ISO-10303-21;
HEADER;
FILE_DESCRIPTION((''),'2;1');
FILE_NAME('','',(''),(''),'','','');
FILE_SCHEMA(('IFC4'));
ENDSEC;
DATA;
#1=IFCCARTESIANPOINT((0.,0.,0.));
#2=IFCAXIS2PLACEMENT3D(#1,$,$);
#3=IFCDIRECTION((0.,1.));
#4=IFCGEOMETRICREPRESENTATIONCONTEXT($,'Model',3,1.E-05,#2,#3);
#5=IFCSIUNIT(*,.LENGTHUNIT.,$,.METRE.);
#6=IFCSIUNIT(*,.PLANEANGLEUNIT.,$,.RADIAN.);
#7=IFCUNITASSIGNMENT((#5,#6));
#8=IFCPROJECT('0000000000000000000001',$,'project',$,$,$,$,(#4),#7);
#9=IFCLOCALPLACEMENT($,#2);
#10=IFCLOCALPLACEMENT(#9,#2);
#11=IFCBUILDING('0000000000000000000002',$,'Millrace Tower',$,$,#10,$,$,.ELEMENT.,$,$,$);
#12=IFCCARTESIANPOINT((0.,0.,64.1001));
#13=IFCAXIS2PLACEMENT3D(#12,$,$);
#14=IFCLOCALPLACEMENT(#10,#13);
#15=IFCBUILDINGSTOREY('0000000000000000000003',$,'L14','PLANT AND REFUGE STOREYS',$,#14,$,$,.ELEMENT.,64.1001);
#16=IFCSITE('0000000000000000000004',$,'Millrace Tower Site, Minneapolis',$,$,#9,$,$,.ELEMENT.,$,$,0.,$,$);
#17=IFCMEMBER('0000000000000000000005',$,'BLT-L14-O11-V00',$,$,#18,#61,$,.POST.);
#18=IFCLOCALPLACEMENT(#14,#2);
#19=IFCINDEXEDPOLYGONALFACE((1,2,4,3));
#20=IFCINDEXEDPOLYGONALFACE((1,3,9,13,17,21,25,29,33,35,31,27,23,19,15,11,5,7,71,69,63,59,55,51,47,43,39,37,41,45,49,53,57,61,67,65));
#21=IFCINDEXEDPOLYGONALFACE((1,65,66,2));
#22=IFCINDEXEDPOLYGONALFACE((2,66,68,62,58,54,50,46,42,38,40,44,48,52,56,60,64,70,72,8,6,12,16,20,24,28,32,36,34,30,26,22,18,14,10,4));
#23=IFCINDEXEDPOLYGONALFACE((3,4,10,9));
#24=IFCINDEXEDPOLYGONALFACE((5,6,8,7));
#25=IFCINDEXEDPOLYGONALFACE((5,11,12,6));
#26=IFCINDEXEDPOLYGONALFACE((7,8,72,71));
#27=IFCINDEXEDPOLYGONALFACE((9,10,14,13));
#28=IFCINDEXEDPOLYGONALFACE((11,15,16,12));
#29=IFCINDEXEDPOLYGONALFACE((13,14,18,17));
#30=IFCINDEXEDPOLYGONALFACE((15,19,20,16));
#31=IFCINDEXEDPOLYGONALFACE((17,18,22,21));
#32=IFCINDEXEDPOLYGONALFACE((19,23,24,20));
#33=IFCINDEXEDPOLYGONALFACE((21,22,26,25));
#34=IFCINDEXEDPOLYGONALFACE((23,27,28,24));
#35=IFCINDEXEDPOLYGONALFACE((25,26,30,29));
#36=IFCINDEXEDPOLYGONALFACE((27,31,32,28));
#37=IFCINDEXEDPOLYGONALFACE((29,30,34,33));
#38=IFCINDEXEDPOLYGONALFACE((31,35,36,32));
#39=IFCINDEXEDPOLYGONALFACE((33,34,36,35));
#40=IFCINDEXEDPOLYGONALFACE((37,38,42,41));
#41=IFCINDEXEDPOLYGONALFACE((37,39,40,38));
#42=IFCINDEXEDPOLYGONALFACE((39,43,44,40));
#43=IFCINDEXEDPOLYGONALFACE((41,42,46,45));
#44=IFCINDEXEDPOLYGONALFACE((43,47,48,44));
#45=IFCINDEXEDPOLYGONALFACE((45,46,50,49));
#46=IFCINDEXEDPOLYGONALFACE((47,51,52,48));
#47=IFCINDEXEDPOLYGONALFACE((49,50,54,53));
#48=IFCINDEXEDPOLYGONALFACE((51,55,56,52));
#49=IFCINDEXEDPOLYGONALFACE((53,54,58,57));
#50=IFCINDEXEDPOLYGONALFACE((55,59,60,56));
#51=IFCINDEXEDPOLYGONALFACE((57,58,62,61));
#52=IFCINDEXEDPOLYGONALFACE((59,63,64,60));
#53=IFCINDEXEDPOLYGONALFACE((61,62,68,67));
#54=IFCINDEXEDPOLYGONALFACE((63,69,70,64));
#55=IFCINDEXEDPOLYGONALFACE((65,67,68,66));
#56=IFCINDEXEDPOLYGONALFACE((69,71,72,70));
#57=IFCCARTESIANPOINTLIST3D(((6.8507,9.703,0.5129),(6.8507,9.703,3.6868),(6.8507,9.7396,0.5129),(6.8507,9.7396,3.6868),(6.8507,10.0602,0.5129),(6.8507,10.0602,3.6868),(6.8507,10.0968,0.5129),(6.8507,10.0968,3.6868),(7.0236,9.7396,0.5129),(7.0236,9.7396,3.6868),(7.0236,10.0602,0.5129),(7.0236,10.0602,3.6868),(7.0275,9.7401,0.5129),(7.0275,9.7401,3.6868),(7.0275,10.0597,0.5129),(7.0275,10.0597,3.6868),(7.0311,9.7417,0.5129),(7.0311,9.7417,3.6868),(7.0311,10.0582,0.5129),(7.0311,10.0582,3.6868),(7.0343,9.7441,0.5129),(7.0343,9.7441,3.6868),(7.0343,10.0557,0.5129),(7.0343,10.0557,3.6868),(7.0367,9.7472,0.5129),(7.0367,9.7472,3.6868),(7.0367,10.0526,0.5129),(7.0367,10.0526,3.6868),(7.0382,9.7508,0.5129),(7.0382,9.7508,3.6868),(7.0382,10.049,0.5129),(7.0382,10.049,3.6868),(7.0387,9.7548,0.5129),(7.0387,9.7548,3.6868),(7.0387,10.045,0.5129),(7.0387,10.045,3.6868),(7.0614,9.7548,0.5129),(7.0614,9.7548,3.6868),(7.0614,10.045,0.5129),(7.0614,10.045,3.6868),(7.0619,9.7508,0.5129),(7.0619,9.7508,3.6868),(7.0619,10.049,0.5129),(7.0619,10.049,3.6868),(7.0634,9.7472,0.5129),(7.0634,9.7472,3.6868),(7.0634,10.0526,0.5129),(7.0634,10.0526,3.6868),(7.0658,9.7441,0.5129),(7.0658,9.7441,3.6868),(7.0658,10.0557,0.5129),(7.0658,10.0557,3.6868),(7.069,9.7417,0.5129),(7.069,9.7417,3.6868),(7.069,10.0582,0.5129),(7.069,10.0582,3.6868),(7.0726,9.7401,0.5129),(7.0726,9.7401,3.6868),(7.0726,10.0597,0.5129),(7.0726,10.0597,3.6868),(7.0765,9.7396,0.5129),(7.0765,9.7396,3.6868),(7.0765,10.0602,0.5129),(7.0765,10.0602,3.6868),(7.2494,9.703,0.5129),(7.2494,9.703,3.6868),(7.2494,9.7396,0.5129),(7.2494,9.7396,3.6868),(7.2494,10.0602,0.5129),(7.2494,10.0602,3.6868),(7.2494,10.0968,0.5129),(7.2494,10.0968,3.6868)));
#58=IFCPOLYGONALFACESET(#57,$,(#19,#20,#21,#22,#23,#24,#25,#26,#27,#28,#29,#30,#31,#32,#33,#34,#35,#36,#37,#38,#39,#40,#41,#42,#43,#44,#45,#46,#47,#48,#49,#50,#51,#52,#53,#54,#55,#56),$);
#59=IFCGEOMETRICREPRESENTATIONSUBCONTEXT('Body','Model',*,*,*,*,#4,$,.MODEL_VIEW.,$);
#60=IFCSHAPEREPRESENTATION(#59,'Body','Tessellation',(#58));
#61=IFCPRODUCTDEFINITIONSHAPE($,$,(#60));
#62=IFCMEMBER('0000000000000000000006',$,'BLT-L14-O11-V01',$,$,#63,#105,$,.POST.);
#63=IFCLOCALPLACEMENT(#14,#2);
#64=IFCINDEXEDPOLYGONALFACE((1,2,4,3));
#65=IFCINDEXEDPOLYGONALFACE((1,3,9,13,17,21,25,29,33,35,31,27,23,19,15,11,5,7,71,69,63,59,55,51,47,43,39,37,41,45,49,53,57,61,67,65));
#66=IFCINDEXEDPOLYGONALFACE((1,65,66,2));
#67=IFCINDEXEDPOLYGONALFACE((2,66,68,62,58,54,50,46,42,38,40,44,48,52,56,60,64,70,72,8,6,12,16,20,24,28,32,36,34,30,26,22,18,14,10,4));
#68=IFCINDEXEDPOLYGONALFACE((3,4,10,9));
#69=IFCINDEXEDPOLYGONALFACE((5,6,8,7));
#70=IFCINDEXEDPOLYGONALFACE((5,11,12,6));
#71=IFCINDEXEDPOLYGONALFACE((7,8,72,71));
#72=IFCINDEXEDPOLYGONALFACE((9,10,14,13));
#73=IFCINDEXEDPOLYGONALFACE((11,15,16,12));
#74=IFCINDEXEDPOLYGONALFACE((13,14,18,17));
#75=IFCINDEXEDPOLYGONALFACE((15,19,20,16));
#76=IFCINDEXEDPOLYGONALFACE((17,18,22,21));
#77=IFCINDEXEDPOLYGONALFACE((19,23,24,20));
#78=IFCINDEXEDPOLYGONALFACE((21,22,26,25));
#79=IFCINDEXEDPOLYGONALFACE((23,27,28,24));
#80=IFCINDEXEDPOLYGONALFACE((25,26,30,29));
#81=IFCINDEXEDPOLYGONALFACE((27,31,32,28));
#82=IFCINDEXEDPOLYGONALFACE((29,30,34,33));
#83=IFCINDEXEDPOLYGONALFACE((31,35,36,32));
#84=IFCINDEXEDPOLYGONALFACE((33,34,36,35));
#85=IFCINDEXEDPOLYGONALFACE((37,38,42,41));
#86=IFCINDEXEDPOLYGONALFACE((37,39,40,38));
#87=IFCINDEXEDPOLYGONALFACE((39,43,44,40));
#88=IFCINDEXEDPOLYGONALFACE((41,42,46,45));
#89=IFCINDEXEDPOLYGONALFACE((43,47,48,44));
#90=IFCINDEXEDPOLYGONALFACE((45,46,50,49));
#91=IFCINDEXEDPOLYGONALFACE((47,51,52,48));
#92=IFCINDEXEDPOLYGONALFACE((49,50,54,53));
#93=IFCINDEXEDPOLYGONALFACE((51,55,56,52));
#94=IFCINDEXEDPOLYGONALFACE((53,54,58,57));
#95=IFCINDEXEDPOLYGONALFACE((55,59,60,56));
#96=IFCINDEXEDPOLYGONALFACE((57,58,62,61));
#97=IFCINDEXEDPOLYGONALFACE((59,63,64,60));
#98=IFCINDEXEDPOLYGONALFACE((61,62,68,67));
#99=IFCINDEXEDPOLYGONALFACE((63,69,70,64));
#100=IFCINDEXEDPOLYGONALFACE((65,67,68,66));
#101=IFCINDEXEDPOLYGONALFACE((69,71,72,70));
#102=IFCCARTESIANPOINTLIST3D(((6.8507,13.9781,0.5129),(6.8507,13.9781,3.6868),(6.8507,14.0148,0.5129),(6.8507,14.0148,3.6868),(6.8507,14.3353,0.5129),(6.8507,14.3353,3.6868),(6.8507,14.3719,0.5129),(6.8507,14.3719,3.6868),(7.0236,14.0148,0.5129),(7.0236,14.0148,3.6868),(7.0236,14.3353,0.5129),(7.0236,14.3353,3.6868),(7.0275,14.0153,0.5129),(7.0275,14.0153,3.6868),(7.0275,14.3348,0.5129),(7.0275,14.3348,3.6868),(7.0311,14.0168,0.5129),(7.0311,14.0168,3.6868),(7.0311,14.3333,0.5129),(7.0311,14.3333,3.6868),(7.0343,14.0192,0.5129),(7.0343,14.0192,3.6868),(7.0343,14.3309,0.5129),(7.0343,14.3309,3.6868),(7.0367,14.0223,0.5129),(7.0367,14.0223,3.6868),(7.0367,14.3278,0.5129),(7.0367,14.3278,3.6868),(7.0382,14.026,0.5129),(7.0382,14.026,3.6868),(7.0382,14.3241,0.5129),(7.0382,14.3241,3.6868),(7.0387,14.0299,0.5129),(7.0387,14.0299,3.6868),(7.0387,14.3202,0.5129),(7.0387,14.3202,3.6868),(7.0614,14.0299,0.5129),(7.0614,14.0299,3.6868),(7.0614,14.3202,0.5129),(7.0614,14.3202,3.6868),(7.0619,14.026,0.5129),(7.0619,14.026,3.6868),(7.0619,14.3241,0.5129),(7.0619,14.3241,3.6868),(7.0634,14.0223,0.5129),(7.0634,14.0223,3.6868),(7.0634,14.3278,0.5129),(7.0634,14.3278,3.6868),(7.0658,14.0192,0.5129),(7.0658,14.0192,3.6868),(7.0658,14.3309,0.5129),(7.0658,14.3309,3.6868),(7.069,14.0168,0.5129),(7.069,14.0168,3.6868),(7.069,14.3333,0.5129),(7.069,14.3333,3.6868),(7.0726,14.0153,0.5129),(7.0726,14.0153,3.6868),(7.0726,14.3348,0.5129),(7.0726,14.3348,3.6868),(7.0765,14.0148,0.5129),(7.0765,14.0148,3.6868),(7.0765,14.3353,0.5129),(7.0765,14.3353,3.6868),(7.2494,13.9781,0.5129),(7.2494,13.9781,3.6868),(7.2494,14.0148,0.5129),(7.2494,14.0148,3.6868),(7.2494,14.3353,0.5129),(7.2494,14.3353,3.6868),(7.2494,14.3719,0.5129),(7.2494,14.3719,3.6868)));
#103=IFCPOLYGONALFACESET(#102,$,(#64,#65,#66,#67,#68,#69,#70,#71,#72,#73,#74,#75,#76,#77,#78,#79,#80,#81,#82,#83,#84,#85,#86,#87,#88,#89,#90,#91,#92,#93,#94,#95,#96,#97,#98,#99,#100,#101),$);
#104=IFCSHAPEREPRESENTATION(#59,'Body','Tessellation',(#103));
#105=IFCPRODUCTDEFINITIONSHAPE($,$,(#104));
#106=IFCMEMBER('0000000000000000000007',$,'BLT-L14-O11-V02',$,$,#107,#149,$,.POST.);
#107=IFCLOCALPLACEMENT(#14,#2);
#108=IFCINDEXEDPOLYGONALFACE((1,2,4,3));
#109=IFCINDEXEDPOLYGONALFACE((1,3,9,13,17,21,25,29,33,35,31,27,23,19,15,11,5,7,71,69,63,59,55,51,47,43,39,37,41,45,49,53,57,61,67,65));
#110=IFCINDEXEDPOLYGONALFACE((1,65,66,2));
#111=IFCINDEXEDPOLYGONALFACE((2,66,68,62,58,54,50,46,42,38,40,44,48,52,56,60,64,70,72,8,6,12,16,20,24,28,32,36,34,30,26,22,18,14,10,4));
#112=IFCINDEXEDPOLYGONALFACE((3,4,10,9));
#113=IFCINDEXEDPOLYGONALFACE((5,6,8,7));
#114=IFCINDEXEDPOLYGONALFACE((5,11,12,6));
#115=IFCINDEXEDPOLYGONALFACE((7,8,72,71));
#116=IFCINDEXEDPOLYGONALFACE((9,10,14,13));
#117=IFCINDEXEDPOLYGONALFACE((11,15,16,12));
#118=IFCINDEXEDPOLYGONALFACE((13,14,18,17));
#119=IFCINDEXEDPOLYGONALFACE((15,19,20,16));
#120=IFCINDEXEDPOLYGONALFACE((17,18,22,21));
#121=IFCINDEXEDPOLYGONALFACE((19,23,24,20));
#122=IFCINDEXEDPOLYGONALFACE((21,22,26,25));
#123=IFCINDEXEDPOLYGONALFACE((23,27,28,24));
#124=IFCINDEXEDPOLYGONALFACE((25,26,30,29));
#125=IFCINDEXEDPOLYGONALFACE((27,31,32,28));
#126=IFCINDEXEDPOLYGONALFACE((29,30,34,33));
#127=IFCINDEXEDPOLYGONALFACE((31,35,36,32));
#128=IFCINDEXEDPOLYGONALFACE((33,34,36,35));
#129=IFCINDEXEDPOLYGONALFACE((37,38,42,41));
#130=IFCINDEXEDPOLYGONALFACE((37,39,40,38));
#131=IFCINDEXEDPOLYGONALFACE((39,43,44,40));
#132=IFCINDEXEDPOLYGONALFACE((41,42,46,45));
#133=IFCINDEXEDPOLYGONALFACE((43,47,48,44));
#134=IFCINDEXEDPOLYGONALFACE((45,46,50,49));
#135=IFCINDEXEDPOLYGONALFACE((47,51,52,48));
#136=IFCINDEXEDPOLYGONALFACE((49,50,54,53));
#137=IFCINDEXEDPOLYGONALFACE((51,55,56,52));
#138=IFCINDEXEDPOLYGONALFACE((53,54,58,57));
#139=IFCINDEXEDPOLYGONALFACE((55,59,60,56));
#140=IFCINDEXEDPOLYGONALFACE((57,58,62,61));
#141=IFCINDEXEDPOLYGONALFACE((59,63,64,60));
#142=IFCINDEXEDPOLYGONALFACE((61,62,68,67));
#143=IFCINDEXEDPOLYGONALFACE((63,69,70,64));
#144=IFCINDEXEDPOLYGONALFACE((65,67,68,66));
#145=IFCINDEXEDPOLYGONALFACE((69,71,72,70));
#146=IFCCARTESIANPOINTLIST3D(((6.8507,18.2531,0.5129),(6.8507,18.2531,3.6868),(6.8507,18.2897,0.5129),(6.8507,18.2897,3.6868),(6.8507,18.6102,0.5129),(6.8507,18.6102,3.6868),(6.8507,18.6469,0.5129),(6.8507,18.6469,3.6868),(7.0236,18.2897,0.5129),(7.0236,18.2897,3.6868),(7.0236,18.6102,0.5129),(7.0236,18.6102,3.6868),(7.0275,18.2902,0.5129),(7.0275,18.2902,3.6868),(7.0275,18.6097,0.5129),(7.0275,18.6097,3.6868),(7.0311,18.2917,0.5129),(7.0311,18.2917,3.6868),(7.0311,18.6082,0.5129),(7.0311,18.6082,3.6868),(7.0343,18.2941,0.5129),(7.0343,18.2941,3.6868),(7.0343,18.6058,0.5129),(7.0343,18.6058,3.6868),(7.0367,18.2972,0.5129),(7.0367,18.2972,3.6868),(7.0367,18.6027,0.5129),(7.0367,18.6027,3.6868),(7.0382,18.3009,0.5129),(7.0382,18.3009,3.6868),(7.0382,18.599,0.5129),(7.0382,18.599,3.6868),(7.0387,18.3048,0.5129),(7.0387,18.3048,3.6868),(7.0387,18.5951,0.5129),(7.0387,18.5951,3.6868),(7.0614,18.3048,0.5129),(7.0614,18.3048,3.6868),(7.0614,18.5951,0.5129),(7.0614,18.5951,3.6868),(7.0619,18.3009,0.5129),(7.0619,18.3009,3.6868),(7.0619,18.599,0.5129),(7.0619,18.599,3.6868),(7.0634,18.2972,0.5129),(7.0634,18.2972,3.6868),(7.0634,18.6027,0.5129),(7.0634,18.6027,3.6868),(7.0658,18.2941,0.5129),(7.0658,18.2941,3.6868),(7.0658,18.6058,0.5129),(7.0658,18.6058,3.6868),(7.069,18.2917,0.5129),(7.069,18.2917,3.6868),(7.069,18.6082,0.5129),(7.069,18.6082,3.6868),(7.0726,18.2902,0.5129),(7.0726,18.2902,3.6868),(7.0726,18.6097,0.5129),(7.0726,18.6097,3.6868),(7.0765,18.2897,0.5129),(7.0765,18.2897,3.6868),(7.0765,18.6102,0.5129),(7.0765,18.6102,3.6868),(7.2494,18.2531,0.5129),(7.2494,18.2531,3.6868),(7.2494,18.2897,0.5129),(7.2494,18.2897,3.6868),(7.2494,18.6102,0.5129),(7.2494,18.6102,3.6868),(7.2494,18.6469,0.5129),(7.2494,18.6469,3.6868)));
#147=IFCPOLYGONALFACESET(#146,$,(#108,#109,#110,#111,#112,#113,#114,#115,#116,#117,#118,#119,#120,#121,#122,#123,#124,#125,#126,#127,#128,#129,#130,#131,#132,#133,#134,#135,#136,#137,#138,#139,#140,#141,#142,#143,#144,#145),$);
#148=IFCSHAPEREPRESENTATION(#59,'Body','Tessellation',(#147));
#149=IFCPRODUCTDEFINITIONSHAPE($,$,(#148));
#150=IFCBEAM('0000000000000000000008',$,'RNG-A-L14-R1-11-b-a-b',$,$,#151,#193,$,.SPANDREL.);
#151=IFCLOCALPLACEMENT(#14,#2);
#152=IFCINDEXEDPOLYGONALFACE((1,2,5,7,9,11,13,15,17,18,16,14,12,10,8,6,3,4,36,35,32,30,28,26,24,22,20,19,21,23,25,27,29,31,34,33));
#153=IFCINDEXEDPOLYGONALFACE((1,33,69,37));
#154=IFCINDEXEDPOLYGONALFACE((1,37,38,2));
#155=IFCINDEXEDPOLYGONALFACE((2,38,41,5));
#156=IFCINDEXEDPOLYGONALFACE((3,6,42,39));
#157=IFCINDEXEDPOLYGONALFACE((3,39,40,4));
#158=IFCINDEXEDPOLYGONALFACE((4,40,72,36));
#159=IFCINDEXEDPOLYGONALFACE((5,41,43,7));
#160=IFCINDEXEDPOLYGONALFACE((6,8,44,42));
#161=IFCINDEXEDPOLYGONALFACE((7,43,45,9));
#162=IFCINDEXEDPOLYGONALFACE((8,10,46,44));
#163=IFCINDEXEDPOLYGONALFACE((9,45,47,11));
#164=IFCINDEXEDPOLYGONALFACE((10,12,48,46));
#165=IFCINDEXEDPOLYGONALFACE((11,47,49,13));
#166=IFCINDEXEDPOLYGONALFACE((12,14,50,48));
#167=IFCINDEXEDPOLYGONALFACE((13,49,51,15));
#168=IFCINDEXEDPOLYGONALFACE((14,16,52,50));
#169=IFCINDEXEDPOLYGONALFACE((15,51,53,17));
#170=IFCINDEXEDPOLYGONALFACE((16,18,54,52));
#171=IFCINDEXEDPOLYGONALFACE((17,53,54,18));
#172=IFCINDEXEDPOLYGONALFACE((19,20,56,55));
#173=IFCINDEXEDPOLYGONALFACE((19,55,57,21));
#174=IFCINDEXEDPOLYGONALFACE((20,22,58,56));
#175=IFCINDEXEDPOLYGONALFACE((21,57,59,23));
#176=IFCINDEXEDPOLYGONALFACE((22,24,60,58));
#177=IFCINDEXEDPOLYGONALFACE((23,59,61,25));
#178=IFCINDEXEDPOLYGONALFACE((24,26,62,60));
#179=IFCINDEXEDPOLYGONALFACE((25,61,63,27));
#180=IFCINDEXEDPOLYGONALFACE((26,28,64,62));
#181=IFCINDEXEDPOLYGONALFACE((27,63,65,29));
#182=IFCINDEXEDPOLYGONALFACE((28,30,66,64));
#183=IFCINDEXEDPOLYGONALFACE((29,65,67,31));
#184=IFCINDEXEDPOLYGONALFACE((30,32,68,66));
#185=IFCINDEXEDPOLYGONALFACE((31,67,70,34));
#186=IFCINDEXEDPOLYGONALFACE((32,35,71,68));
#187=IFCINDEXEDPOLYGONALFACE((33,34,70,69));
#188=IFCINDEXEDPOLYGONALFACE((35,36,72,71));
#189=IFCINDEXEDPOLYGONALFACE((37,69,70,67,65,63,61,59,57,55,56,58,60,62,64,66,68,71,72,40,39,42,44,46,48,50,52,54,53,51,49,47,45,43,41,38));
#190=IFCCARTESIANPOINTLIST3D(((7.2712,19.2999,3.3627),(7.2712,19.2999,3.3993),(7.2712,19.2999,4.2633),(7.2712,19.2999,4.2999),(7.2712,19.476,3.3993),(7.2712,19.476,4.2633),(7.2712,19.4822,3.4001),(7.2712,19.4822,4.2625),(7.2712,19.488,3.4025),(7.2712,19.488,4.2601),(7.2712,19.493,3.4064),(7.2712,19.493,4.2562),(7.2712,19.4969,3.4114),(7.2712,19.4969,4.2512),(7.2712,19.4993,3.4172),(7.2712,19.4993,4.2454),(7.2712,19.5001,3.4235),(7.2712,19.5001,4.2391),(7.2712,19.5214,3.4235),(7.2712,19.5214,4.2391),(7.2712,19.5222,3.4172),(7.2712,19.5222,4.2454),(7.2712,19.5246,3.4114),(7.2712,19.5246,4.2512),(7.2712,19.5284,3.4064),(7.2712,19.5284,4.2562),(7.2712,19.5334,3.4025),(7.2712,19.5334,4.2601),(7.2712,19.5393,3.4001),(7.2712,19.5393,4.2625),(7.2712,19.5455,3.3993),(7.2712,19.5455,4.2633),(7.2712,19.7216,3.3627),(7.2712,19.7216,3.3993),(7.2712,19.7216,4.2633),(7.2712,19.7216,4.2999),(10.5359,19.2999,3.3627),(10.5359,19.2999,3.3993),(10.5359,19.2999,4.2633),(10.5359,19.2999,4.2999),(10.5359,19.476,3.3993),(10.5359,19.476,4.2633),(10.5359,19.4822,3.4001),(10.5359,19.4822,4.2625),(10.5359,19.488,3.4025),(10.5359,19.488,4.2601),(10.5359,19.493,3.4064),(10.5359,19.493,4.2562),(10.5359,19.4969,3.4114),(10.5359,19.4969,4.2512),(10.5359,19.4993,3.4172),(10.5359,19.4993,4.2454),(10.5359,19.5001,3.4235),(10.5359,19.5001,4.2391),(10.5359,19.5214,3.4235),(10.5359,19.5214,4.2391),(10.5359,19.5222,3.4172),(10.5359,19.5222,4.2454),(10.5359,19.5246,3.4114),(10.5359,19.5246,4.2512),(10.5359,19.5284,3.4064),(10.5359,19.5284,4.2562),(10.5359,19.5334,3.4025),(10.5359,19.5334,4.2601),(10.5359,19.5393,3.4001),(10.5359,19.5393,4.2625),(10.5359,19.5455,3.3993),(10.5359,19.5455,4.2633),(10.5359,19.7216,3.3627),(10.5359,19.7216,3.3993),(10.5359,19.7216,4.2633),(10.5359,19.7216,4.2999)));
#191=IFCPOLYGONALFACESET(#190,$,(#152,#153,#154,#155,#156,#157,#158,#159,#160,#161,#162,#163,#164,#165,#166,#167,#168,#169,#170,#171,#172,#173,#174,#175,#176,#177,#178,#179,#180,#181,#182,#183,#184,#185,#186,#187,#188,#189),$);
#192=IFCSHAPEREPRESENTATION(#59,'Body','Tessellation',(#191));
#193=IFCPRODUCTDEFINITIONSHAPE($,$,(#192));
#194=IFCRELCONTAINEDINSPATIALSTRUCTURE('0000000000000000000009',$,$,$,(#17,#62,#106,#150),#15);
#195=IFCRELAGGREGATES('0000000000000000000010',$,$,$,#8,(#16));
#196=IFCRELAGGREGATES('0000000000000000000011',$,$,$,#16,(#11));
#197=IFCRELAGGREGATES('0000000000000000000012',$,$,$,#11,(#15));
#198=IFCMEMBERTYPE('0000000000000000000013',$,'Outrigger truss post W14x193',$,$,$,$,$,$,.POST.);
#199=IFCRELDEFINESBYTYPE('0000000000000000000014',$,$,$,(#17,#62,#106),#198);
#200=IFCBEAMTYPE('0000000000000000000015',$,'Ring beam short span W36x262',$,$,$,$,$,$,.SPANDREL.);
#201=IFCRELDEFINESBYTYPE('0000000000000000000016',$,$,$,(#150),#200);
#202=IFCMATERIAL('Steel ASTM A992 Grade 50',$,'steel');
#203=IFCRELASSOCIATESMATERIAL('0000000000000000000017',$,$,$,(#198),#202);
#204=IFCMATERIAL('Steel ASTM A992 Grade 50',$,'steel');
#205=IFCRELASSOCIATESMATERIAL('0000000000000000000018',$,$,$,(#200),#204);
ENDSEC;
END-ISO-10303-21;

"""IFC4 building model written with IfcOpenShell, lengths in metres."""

from ifc_helpers import new_model, si_unit, direction, frame, origin, origin_2d, place, context, subcontext, project, spatial, i_section, extrude, material, material_profile, profile_set, type_object, element, save


model = new_model("IFC4")

# Units and contexts
model_context = context("Model", 3, precision=1e-05, world=origin(), true_north=direction((0.0, 1.0)))
body_context = subcontext(model_context, "Body", "Model", "MODEL_VIEW")
ifc_project = project(units=[si_unit("LENGTHUNIT", "METRE"), si_unit("PLANEANGLEUNIT", "RADIAN")], contexts=[model_context])

# Site, building, storey
site_placement = place(None, origin())
site = spatial("IfcSite", under=ifc_project, at=site_placement, Name="Millrace Tower Site, Minneapolis", CompositionType="ELEMENT", RefElevation=0.0)
building_placement = place(site_placement, origin())
building = spatial("IfcBuilding", under=site, at=building_placement, Name="Millrace Tower", CompositionType="ELEMENT")
storey_placement = place(building_placement, frame((0.0, 0.0, 64.1001)))
storey = spatial("IfcBuildingStorey", under=building, at=storey_placement, Name="L14", Description="PLANT AND REFUGE STOREYS", CompositionType="ELEMENT", Elevation=64.1001)

# Members
ifc_material_1 = material(Name="Steel ASTM A992 Grade 50", Category="steel")
ifc_material_profile_1 = material_profile(ifc_material_1, i_section(OverallWidth=0.3987, OverallDepth=0.3938, WebThickness=0.0227, FlangeThickness=0.0366, FilletRadius=0.0151, at=origin_2d()))
ifc_profile_set_1 = profile_set([ifc_material_profile_1], Name="Steel ASTM A992 Grade 50")
member_type_1 = type_object("IfcMemberType", Name="Outrigger truss post W14x193", PredefinedType="POST", material=ifc_profile_set_1)
for number, where, z_axis, x_axis, name in (
    (1, (7.05, 9.8999, 0.5129), (0.0, 0.0, 1.0), (1.0, 0.0, 0.0), "BLT-L14-O11-V00"),
    (2, (7.05, 14.175, 0.5129), (0.0, 0.0, 1.0), (1.0, 0.0, 0.0), "BLT-L14-O11-V01"),
    (3, (7.05, 18.45, 0.5129), (0.0, 0.0, 1.0), (1.0, 0.0, 0.0), "BLT-L14-O11-V02"),
):
    element("IfcMember", number, at=place(storey_placement, frame(where, z_axis=z_axis, x_axis=x_axis)), inside=storey, type_object=member_type_1, Name=name, PredefinedType="POST", context=body_context, shape_type="SweptSolid", body=[
        extrude(i_section(OverallWidth=0.3987, OverallDepth=0.3938, WebThickness=0.0227, FlangeThickness=0.0366, FilletRadius=0.0151, at=origin_2d()), origin(), (0.0, 0.0, 1.0), 3.1738),
    ])

# Beam
ifc_material_2 = material(Name="Steel ASTM A992 Grade 50", Category="steel")
ifc_material_profile_2 = material_profile(ifc_material_2, i_section(OverallWidth=0.4216, OverallDepth=0.9373, WebThickness=0.0212, FlangeThickness=0.0366, FilletRadius=0.0242, at=origin_2d()))
ifc_profile_set_2 = profile_set([ifc_material_profile_2], Name="Steel ASTM A992 Grade 50")
beam_type_1 = type_object("IfcBeamType", Name="Ring beam short span W36x262", PredefinedType="SPANDREL", material=ifc_profile_set_2)
beam_1_placement = place(storey_placement, frame((10.5359, 19.5107, 3.8313), z_axis=(-1.0, 0.0, 0.0), x_axis=(0.0, -1.0, 0.0)))
element("IfcBeam", 4, at=beam_1_placement, inside=storey, type_object=beam_type_1, Name="RNG-A-L14-R1-11-b-a-b", PredefinedType="SPANDREL", context=body_context, shape_type="SweptSolid", body=[
    extrude(i_section(OverallWidth=0.4216, OverallDepth=0.9373, WebThickness=0.0212, FlangeThickness=0.0366, FilletRadius=0.0242, at=origin_2d()), origin(), (0.0, 0.0, 1.0), 3.2646),
])

save(model, "model.ifc")
